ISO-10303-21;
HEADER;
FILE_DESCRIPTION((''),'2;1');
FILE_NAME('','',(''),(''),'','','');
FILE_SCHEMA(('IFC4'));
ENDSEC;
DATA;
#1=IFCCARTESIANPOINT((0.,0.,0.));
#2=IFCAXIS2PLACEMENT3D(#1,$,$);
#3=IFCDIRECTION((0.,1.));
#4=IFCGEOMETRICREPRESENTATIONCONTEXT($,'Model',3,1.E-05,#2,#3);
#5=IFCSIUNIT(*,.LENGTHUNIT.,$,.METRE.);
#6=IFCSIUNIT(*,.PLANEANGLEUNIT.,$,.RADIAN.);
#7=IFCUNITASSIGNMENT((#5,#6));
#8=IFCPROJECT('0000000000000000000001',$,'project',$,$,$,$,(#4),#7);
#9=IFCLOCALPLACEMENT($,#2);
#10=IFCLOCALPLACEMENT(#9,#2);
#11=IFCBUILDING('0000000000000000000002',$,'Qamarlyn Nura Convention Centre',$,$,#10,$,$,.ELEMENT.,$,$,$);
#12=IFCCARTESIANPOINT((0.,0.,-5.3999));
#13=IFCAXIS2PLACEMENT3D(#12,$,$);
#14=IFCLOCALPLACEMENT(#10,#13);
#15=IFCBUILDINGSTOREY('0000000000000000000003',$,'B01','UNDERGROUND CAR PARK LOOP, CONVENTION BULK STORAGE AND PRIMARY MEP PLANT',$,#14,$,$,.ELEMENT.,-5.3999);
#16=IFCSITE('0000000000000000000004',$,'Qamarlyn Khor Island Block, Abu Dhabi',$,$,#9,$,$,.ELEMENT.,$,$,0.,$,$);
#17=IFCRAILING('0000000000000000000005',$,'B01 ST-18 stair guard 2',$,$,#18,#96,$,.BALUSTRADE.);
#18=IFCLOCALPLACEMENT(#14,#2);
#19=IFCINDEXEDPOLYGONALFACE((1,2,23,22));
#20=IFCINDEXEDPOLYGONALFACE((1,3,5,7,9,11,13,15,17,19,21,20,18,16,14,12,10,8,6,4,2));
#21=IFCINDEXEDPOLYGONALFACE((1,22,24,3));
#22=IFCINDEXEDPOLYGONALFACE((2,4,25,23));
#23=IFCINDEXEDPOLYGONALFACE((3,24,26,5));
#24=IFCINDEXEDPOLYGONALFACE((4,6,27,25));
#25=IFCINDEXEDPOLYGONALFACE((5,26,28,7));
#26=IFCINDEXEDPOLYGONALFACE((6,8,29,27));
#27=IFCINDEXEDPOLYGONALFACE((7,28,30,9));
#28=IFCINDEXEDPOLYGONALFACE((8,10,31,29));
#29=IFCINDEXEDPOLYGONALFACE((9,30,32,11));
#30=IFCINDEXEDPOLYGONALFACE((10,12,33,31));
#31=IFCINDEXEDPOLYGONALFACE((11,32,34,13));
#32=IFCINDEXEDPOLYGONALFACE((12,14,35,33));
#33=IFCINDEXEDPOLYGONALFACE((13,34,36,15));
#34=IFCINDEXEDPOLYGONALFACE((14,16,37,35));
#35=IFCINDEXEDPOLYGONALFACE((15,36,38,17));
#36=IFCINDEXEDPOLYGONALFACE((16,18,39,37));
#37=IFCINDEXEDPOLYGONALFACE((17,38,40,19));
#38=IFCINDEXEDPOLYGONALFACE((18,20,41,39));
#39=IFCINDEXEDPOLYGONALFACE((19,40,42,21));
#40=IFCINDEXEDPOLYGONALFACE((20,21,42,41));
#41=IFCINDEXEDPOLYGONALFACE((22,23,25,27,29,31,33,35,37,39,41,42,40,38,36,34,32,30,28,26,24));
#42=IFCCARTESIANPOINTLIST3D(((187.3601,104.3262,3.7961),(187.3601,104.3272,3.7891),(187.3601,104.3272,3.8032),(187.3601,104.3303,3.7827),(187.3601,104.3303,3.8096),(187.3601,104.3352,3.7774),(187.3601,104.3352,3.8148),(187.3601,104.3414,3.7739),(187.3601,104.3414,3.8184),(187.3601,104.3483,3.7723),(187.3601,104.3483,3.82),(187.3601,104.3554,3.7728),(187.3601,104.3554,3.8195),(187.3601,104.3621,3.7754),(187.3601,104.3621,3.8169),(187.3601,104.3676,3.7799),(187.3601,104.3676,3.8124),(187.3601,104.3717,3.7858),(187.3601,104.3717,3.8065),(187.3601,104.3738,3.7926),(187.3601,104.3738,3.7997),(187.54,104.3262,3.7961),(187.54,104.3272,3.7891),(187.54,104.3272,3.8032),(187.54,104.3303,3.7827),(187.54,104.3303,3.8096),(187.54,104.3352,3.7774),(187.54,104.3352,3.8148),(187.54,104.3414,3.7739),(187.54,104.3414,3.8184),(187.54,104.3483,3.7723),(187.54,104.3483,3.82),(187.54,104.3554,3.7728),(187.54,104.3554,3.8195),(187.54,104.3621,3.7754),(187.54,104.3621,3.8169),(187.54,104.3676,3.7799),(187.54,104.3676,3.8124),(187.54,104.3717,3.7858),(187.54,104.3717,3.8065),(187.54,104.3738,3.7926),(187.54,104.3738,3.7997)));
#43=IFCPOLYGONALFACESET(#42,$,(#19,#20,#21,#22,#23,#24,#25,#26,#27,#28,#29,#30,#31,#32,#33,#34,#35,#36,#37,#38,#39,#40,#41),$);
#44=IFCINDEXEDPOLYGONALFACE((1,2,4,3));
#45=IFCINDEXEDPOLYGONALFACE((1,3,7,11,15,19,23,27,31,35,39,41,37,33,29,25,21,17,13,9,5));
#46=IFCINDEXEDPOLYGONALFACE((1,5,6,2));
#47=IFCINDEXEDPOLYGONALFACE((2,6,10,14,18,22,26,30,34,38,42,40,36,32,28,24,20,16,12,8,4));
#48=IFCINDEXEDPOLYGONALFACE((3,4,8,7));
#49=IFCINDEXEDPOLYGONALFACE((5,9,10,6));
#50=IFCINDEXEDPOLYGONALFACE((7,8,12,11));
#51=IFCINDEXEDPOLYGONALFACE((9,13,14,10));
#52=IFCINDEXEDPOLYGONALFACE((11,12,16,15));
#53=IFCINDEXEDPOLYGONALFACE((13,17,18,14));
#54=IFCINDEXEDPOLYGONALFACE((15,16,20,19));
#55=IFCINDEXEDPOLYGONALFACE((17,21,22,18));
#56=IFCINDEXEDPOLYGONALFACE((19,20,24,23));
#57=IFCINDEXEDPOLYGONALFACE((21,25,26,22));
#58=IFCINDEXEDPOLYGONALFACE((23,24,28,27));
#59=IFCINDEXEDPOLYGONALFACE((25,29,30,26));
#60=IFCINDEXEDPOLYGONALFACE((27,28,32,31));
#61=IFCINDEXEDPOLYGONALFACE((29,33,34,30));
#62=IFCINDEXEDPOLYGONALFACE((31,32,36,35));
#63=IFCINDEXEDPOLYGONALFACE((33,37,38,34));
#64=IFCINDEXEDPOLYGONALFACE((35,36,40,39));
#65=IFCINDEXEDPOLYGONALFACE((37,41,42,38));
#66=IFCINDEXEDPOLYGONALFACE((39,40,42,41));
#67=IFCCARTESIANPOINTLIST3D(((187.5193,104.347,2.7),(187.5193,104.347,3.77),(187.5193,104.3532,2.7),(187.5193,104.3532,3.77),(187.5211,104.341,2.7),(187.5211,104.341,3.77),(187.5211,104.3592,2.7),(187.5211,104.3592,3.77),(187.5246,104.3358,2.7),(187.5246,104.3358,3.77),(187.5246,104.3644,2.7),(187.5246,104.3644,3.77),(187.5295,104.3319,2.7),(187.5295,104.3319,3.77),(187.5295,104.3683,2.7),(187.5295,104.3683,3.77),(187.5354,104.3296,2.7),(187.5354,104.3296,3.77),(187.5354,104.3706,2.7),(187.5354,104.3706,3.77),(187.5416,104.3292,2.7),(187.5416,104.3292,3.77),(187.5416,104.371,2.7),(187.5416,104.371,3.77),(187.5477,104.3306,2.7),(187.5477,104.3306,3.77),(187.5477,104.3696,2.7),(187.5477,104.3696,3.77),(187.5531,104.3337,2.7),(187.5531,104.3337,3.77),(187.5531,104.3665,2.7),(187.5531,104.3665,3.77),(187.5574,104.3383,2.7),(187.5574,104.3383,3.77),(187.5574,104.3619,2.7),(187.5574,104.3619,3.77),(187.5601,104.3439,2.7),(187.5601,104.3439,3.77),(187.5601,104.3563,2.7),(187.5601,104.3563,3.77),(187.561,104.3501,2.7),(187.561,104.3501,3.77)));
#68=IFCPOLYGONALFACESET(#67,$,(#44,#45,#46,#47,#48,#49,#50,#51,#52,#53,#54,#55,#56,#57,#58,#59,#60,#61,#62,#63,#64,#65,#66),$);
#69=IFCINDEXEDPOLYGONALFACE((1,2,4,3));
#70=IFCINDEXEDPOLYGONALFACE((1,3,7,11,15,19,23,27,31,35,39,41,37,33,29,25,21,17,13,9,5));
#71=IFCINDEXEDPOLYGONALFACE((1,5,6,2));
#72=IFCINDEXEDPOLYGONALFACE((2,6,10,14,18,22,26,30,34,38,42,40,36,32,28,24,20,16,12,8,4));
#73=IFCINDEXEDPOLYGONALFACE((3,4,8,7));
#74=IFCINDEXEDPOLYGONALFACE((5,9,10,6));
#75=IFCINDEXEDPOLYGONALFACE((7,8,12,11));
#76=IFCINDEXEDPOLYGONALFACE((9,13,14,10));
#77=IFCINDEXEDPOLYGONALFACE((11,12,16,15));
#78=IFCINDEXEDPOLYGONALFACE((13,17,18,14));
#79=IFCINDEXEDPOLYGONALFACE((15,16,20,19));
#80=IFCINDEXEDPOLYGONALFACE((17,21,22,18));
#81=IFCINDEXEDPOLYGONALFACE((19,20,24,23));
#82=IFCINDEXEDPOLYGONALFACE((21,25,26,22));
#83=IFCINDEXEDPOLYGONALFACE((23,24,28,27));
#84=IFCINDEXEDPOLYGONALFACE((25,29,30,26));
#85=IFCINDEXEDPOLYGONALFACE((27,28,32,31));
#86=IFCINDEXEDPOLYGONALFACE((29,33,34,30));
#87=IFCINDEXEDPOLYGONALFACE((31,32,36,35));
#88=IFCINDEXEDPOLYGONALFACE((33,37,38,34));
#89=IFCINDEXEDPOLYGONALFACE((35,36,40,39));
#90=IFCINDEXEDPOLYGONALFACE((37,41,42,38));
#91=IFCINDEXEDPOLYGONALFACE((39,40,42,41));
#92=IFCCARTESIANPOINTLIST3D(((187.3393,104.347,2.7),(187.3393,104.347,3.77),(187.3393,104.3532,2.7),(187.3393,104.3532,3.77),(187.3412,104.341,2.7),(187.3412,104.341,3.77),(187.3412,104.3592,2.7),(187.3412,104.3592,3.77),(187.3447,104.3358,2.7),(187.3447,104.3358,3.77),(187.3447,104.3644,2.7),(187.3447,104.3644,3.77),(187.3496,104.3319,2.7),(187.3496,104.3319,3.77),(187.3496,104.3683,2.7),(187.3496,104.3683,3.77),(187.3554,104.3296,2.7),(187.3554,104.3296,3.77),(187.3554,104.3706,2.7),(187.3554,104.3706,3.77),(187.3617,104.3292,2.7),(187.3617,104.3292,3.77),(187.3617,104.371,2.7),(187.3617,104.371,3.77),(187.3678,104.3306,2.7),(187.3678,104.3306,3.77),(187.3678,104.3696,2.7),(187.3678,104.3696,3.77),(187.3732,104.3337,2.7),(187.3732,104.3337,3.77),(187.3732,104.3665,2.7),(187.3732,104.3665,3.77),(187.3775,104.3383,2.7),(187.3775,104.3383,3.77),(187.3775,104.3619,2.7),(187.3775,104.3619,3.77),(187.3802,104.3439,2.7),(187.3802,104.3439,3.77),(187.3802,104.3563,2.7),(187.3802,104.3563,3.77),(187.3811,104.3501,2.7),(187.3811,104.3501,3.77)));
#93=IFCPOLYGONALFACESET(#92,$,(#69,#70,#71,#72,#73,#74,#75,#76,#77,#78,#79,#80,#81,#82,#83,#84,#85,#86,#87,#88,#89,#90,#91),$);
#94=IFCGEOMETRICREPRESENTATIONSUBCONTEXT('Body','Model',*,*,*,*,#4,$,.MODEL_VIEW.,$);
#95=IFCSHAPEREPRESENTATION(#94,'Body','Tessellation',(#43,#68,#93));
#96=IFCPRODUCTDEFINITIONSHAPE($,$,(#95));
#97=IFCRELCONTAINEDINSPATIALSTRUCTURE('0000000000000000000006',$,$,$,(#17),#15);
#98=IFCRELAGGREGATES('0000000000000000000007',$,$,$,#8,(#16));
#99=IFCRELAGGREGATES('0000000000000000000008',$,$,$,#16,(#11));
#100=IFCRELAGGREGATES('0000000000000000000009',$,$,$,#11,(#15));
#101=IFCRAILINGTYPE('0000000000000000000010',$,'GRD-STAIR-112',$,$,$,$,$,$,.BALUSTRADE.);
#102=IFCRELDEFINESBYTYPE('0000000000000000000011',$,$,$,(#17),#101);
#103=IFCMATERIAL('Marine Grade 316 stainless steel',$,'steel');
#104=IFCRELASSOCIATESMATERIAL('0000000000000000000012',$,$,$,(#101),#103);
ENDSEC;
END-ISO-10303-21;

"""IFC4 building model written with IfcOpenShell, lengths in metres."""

from ifc_helpers import new_model, si_unit, direction, frame, origin, origin_2d, place, context, subcontext, project, spatial, circle, extrude, material, type_object, element, save


model = new_model("IFC4")

# Units and contexts
model_context = context("Model", 3, precision=1e-05, world=origin(), true_north=direction((0.0, 1.0)))
body_context = subcontext(model_context, "Body", "Model", "MODEL_VIEW")
ifc_project = project(units=[si_unit("LENGTHUNIT", "METRE"), si_unit("PLANEANGLEUNIT", "RADIAN")], contexts=[model_context])

# Site, building, storey
site_placement = place(None, origin())
site = spatial("IfcSite", under=ifc_project, at=site_placement, Name="Qamarlyn Khor Island Block, Abu Dhabi", CompositionType="ELEMENT", RefElevation=0.0)
building_placement = place(site_placement, origin())
building = spatial("IfcBuilding", under=site, at=building_placement, Name="Qamarlyn Nura Convention Centre", CompositionType="ELEMENT")
storey_placement = place(building_placement, frame((0.0, 0.0, -5.3999)))
storey = spatial("IfcBuildingStorey", under=building, at=storey_placement, Name="B01", Description="UNDERGROUND CAR PARK LOOP, CONVENTION BULK STORAGE AND PRIMARY MEP PLANT", CompositionType="ELEMENT", Elevation=-5.3999)

# Railing
ifc_material_1 = material(Name="Marine Grade 316 stainless steel", Category="steel")
railing_type_1 = type_object("IfcRailingType", Name="GRD-STAIR-112", PredefinedType="BALUSTRADE", material=ifc_material_1)
railing_1_placement = place(storey_placement, frame((187.54, 104.3501, 2.7)))
element("IfcRailing", 1, at=railing_1_placement, inside=storey, type_object=railing_type_1, Name="B01 ST-18 stair guard 2", PredefinedType="BALUSTRADE", context=body_context, shape_type="SweptSolid", body=[
    extrude(circle(Radius=0.0239, at=origin_2d()), frame((0.0, 0.0, 1.0962), z_axis=(-1.0, 0.0, 0.0), x_axis=(0.0, -1.0, 0.0)), (0.0, 0.0, 1.0), 0.1799),
    extrude(circle(Radius=0.021, at=origin_2d()), origin(), (0.0, 0.0, 1.0), 1.0701),
    extrude(circle(Radius=0.021, at=origin_2d()), frame((-0.1799, 0.0, 0.0)), (0.0, 0.0, 1.0), 1.0701),
])

save(model, "model.ifc")
